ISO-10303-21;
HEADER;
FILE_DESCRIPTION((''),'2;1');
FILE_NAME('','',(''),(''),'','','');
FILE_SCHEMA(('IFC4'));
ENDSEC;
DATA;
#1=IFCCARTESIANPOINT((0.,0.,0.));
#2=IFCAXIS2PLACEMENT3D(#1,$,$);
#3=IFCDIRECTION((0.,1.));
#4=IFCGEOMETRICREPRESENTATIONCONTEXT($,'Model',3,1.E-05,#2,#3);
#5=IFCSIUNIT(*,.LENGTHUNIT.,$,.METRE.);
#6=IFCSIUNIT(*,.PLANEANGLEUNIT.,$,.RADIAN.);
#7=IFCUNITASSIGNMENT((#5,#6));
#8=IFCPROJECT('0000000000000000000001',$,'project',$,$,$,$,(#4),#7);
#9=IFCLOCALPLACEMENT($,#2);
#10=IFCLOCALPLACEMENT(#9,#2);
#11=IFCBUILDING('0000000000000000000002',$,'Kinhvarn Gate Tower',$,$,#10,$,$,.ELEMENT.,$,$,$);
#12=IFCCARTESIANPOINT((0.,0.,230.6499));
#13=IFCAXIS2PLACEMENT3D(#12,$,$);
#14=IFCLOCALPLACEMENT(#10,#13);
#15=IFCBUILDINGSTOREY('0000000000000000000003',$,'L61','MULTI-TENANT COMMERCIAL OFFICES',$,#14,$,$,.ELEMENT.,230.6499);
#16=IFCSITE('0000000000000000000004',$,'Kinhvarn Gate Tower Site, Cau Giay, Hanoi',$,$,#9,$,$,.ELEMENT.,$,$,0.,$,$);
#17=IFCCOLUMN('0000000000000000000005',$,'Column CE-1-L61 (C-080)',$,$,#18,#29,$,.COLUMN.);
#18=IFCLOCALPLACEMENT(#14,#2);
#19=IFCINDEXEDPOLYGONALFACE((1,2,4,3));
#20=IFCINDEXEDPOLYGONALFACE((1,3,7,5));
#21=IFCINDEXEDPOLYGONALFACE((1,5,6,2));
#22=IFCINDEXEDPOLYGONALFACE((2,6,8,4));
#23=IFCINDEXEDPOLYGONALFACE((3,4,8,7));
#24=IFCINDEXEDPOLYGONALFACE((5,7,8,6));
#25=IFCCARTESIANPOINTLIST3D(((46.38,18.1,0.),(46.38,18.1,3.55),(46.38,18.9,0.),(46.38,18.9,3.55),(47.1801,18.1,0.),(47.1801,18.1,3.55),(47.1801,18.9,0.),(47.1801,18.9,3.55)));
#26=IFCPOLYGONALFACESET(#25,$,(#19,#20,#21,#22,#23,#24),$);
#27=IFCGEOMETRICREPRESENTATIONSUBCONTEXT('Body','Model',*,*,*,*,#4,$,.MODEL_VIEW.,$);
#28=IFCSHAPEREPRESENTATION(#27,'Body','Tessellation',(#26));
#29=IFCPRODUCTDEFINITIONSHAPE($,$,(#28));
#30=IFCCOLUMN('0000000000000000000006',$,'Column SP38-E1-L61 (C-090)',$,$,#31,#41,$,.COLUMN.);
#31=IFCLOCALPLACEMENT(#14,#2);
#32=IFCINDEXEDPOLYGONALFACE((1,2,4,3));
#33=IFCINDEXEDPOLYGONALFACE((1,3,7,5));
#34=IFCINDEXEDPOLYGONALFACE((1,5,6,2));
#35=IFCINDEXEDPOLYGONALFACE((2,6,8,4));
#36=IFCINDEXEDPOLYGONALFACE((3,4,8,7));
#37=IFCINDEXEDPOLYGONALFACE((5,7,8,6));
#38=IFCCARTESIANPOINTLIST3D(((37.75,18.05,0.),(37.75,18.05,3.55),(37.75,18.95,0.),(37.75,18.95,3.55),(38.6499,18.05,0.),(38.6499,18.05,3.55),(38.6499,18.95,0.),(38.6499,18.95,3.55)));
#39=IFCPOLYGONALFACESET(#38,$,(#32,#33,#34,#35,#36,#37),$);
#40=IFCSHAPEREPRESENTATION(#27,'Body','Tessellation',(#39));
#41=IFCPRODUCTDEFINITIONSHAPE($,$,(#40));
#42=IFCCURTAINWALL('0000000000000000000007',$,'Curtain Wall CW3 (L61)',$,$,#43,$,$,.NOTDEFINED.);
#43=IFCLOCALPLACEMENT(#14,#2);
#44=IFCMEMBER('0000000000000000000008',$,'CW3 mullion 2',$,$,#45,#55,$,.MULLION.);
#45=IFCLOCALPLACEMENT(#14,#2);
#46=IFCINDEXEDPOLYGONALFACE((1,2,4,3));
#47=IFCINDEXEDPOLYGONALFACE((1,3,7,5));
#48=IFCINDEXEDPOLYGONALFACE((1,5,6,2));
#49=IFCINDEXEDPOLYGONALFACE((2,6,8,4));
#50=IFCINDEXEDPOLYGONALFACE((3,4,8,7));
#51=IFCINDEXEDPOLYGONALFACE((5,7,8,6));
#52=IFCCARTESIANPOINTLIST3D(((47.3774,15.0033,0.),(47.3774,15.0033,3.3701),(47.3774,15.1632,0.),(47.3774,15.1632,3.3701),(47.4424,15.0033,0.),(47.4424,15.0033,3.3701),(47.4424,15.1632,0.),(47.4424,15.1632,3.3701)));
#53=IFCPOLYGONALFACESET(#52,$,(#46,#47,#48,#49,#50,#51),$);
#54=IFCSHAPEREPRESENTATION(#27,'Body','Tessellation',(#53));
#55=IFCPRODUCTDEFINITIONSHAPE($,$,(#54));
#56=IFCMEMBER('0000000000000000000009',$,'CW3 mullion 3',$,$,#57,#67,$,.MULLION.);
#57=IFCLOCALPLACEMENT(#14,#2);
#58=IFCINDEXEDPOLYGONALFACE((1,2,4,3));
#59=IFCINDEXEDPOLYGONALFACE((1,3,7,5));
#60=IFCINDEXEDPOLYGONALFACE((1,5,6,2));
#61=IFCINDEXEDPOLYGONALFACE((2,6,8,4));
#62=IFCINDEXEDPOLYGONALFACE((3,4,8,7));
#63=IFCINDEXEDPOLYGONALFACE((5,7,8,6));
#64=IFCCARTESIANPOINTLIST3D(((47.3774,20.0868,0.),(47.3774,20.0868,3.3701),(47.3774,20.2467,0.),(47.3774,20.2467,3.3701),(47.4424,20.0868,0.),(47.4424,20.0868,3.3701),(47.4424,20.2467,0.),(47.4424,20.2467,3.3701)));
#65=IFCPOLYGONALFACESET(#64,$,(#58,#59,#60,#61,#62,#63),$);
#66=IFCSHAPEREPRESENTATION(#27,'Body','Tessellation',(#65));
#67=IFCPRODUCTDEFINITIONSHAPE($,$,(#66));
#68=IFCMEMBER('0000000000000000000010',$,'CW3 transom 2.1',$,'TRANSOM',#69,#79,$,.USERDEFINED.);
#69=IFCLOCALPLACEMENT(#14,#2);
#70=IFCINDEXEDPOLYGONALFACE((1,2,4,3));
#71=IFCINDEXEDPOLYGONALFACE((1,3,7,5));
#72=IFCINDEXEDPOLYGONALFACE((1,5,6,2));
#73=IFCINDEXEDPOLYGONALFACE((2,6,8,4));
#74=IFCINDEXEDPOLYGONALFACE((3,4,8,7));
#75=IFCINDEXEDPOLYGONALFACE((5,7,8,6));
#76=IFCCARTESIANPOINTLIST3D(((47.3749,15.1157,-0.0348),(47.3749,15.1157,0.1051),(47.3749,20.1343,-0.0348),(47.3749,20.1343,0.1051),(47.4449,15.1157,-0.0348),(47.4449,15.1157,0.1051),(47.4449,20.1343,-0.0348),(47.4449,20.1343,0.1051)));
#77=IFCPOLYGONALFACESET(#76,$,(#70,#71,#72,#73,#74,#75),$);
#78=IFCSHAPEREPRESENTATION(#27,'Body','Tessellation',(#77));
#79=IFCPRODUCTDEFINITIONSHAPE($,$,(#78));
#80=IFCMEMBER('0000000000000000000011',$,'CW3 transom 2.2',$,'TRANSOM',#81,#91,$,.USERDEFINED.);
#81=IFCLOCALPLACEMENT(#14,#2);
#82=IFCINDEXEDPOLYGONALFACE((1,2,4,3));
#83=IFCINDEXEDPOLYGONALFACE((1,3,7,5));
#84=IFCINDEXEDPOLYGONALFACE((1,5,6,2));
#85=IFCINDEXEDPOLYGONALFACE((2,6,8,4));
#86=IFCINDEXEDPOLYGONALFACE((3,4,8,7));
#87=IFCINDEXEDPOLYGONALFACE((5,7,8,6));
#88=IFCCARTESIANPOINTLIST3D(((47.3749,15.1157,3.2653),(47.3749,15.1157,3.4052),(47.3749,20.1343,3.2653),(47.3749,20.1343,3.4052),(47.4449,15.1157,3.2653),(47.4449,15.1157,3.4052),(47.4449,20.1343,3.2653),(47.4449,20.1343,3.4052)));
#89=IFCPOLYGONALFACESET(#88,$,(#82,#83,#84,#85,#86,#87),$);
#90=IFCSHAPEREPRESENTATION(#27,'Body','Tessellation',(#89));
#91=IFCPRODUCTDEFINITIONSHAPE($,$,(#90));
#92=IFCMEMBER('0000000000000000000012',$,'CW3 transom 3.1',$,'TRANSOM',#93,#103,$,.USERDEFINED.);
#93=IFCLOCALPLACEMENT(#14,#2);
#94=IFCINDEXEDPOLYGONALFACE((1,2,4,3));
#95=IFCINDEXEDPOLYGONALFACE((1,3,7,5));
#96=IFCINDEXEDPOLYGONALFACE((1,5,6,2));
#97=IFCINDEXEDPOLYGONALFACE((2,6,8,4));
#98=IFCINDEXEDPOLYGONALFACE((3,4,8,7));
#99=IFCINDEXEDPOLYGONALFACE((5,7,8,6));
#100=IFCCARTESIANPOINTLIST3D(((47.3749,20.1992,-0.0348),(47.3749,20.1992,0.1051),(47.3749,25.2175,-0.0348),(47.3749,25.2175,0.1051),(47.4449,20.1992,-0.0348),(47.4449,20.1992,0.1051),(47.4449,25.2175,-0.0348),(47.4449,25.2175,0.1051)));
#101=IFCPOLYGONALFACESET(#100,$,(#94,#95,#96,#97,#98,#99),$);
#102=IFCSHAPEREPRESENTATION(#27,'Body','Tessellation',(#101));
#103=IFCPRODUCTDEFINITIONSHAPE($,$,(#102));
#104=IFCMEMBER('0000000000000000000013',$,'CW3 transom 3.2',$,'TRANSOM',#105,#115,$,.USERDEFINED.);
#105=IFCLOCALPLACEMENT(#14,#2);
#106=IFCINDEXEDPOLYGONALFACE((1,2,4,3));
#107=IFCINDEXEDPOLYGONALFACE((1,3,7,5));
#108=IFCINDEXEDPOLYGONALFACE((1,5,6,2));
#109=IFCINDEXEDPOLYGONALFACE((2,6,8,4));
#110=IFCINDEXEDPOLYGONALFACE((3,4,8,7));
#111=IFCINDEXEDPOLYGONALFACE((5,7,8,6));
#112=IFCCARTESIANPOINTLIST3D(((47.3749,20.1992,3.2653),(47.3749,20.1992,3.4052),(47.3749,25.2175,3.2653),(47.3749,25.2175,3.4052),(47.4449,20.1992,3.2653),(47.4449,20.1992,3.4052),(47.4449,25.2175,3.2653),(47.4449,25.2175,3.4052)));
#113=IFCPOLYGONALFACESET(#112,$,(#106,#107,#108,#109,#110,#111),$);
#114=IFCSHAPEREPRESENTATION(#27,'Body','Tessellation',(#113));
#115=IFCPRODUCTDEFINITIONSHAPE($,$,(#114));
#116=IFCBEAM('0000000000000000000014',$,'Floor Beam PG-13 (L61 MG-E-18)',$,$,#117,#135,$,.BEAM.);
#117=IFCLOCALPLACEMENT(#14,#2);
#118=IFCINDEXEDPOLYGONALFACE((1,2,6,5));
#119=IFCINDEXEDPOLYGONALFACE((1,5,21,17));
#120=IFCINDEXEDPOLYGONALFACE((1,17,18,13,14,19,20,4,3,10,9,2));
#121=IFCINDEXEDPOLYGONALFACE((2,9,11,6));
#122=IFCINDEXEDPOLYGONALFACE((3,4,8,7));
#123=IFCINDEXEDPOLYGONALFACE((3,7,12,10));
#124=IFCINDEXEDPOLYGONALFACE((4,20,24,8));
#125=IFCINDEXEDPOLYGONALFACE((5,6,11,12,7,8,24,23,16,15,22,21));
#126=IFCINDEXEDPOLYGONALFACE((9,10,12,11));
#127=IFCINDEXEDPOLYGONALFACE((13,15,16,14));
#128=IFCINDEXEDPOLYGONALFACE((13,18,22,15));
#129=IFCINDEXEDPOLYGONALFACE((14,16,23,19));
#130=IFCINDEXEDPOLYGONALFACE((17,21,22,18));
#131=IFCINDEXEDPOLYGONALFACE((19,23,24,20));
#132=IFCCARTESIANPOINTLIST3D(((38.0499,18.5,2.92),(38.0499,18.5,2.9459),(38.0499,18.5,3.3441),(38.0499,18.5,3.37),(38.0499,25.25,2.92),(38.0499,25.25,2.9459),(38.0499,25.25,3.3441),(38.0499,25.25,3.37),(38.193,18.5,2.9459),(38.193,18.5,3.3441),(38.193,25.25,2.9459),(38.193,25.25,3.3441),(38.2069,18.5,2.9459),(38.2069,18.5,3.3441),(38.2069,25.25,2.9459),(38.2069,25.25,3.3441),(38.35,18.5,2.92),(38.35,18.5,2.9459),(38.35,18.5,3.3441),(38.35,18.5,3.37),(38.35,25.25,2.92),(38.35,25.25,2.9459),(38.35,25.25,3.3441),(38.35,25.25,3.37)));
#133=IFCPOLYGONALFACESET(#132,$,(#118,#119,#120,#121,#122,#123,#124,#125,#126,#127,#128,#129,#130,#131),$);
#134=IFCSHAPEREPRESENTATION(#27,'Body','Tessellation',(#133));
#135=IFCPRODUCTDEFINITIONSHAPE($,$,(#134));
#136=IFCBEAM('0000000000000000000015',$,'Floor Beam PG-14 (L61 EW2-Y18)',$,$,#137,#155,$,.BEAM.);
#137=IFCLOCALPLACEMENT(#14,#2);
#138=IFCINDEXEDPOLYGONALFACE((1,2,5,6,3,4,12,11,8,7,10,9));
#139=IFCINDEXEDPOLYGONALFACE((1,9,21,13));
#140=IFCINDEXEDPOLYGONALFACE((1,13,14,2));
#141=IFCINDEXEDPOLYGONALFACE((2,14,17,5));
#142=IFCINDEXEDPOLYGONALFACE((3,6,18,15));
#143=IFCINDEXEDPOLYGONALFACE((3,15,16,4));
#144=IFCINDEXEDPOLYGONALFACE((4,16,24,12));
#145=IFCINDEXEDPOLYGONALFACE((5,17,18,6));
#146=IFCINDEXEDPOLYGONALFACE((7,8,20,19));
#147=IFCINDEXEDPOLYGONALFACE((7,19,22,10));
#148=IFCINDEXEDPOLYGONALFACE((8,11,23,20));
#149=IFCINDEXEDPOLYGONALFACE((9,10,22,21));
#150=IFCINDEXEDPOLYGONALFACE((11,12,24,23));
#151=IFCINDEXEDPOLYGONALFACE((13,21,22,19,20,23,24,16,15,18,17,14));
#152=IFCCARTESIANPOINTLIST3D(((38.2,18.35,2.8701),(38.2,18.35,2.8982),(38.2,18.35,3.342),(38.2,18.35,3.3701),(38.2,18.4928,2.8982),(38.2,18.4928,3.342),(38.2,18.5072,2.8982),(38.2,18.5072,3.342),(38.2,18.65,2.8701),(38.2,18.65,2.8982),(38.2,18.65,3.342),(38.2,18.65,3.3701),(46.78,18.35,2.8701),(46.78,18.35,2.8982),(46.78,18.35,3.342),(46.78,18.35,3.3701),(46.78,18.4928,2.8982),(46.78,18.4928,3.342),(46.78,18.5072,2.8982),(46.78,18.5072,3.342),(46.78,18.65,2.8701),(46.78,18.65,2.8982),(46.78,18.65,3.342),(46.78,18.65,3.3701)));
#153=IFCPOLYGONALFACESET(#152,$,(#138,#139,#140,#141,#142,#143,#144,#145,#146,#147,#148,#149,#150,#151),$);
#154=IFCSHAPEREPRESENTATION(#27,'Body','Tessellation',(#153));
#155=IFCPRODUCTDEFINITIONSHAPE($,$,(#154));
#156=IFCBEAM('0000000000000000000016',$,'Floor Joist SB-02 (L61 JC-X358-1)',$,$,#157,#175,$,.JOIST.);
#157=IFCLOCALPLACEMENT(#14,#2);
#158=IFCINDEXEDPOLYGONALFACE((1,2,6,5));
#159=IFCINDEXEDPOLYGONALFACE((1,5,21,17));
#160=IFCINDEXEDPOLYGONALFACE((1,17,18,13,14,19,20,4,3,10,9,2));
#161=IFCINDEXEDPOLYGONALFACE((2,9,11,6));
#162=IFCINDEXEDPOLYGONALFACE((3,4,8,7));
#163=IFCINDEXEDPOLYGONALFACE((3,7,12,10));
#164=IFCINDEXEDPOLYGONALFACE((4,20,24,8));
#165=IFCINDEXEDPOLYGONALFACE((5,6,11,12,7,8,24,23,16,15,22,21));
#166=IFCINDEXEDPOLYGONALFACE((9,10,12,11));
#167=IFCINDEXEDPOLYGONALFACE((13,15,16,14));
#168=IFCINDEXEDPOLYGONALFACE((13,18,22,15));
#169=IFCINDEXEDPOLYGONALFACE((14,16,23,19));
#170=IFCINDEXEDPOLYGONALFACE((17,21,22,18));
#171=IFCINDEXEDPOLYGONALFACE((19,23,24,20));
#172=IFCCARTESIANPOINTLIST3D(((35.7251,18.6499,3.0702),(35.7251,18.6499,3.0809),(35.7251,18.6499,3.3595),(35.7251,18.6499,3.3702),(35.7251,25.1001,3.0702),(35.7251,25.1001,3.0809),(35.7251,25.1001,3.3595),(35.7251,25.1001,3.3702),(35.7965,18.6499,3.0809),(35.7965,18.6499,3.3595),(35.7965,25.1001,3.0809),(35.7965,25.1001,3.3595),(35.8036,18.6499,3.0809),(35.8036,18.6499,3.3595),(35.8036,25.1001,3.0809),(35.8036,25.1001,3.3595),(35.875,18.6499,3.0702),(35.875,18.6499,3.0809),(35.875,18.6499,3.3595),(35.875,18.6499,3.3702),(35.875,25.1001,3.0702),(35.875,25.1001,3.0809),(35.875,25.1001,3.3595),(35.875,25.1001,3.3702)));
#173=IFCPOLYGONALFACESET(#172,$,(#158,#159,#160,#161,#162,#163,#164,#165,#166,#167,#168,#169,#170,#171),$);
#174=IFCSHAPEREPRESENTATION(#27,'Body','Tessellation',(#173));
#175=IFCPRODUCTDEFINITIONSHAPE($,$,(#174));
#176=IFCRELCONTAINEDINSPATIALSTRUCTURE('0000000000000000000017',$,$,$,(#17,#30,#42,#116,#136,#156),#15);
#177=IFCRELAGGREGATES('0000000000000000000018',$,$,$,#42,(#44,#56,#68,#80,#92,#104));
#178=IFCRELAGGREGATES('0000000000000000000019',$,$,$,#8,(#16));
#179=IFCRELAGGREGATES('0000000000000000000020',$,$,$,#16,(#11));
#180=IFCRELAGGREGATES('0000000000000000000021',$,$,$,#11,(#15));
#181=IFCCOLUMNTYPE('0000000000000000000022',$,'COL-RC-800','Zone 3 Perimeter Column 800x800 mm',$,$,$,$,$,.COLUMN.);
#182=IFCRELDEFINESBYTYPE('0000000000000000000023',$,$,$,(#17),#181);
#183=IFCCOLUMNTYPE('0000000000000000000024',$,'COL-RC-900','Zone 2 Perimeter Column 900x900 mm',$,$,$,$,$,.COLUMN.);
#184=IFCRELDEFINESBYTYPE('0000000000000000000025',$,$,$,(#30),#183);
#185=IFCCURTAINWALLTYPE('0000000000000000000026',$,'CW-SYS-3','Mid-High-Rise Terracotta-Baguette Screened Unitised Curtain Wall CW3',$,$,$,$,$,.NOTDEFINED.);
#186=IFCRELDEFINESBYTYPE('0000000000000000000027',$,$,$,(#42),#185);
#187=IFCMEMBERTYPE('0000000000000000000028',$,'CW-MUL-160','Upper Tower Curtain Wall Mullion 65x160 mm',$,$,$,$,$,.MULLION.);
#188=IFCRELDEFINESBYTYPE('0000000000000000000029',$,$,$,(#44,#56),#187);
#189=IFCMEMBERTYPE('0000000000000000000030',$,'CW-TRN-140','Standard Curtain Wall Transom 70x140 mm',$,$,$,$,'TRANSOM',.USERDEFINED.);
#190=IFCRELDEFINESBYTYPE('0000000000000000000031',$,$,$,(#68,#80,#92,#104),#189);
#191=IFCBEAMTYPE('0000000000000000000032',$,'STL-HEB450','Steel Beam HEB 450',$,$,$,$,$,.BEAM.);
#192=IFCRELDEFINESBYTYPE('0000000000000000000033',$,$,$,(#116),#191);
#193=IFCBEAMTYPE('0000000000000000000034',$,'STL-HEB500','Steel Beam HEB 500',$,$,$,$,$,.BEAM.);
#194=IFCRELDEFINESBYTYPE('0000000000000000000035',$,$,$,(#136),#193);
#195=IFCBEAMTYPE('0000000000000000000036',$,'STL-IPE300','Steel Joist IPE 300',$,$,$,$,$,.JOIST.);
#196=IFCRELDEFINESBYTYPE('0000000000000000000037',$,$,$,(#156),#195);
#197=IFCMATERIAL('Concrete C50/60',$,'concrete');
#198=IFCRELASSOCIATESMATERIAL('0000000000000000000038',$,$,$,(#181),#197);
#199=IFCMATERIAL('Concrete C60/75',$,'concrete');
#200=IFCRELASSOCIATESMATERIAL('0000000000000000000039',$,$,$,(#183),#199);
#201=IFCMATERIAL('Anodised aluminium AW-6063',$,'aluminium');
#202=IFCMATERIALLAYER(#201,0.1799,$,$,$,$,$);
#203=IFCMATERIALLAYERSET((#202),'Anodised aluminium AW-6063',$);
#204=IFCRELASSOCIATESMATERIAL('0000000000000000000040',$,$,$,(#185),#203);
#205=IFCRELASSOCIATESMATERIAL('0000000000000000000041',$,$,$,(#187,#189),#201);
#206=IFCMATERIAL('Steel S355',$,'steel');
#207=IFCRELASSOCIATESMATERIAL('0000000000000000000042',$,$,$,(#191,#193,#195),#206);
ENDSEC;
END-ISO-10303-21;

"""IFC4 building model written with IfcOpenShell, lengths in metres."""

from ifc_helpers import new_model, si_unit, direction, frame, origin, origin_2d, place, context, subcontext, project, spatial, rectangle, i_section, extrude, material, layer, layer_set, material_profile, profile_set, type_object, element, aggregate, save


model = new_model("IFC4")

# Units and contexts
model_context = context("Model", 3, precision=1e-05, world=origin(), true_north=direction((0.0, 1.0)))
body_context = subcontext(model_context, "Body", "Model", "MODEL_VIEW")
ifc_project = project(units=[si_unit("LENGTHUNIT", "METRE"), si_unit("PLANEANGLEUNIT", "RADIAN")], contexts=[model_context])

# Site, building, storey
site_placement = place(None, origin())
site = spatial("IfcSite", under=ifc_project, at=site_placement, Name="Kinhvarn Gate Tower Site, Cau Giay, Hanoi", CompositionType="ELEMENT", RefElevation=0.0)
building_placement = place(site_placement, origin())
building = spatial("IfcBuilding", under=site, at=building_placement, Name="Kinhvarn Gate Tower", CompositionType="ELEMENT")
storey_placement = place(building_placement, frame((0.0, 0.0, 230.6499)))
storey = spatial("IfcBuildingStorey", under=building, at=storey_placement, Name="L61", Description="MULTI-TENANT COMMERCIAL OFFICES", CompositionType="ELEMENT", Elevation=230.6499)

# Columns
ifc_material_1 = material(Name="Concrete C50/60", Category="concrete")
ifc_material_profile_1 = material_profile(ifc_material_1, rectangle(XDim=0.8, YDim=0.8, at=origin_2d()), Name="RC 800x800")
ifc_profile_set_1 = profile_set([ifc_material_profile_1], Name="Concrete C50/60")
column_type_1 = type_object("IfcColumnType", Name="COL-RC-800", Description="Zone 3 Perimeter Column 800x800 mm", PredefinedType="COLUMN", material=ifc_profile_set_1)
column_1_placement = place(storey_placement, frame((46.78, 18.5, 0.0), z_axis=(0.0, 0.0, 1.0), x_axis=(1.0, 0.0, 0.0)))
element("IfcColumn", 1, at=column_1_placement, inside=storey, type_object=column_type_1, Name="Column CE-1-L61 (C-080)", PredefinedType="COLUMN", context=body_context, shape_type="SweptSolid", body=[
    extrude(rectangle(XDim=0.8, YDim=0.8, at=origin_2d()), origin(), (0.0, 0.0, 1.0), 3.55),
])
ifc_material_2 = material(Name="Concrete C60/75", Category="concrete")
ifc_material_profile_2 = material_profile(ifc_material_2, rectangle(XDim=0.8999, YDim=0.8999, at=origin_2d()), Name="RC 900x900")
ifc_profile_set_2 = profile_set([ifc_material_profile_2], Name="Concrete C60/75")
column_type_2 = type_object("IfcColumnType", Name="COL-RC-900", Description="Zone 2 Perimeter Column 900x900 mm", PredefinedType="COLUMN", material=ifc_profile_set_2)
column_2_placement = place(storey_placement, frame((38.2, 18.5, 0.0), z_axis=(0.0, 0.0, 1.0), x_axis=(1.0, 0.0, 0.0)))
element("IfcColumn", 2, at=column_2_placement, inside=storey, type_object=column_type_2, Name="Column SP38-E1-L61 (C-090)", PredefinedType="COLUMN", context=body_context, shape_type="SweptSolid", body=[
    extrude(rectangle(XDim=0.8999, YDim=0.8999, at=origin_2d()), origin(), (0.0, 0.0, 1.0), 3.55),
])

# Curtain wall, members
ifc_material_3 = material(Name="Anodised aluminium AW-6063", Category="aluminium")
ifc_layer_1 = layer(ifc_material_3, 0.1799)
ifc_layer_set_1 = layer_set([ifc_layer_1], Name="Anodised aluminium AW-6063")
curtain_wall_type = type_object("IfcCurtainWallType", Name="CW-SYS-3", Description="Mid-High-Rise Terracotta-Baguette Screened Unitised Curtain Wall CW3", PredefinedType="NOTDEFINED", material=ifc_layer_set_1)
curtain_wall_placement = place(storey_placement, origin())
curtain_wall = element("IfcCurtainWall", 3, at=curtain_wall_placement, inside=storey, type_object=curtain_wall_type, Name="Curtain Wall CW3 (L61)", PredefinedType="NOTDEFINED")
ifc_material_profile_3 = material_profile(ifc_material_3, rectangle(XDim=0.0649, YDim=0.1599, at=origin_2d()), Name="ALU 65x160")
ifc_profile_set_3 = profile_set([ifc_material_profile_3], Name="Anodised aluminium AW-6063")
member_type_1 = type_object("IfcMemberType", Name="CW-MUL-160", Description="Upper Tower Curtain Wall Mullion 65x160 mm", PredefinedType="MULLION", material=ifc_profile_set_3)
member_1_placement = place(storey_placement, frame((47.4099, 15.0833, 0.0), z_axis=(0.0, 0.0, 1.0), x_axis=(-1.0, 0.0, 0.0)))
member_1 = element("IfcMember", 4, at=member_1_placement, type_object=member_type_1, Name="CW3 mullion 2", PredefinedType="MULLION", context=body_context, shape_type="SweptSolid", body=[
    extrude(rectangle(XDim=0.0649, YDim=0.1599, at=origin_2d()), origin(), (0.0, 0.0, 1.0), 3.3701),
])
member_2_placement = place(storey_placement, frame((47.4099, 20.1667, 0.0), z_axis=(0.0, 0.0, 1.0), x_axis=(-1.0, 0.0, 0.0)))
member_2 = element("IfcMember", 5, at=member_2_placement, type_object=member_type_1, Name="CW3 mullion 3", PredefinedType="MULLION", context=body_context, shape_type="SweptSolid", body=[
    extrude(rectangle(XDim=0.0649, YDim=0.1599, at=origin_2d()), origin(), (0.0, 0.0, 1.0), 3.3701),
])
ifc_material_profile_4 = material_profile(ifc_material_3, rectangle(XDim=0.0701, YDim=0.1399, at=origin_2d()), Name="ALU 70x140")
ifc_profile_set_4 = profile_set([ifc_material_profile_4], Name="Anodised aluminium AW-6063")
member_type_2 = type_object("IfcMemberType", Name="CW-TRN-140", Description="Standard Curtain Wall Transom 70x140 mm", ElementType="TRANSOM", PredefinedType="USERDEFINED", material=ifc_profile_set_4)
member_3_placement = place(storey_placement, frame((47.4099, 15.1157, 0.0352), z_axis=(0.0, 1.0, 0.0), x_axis=(-1.0, 0.0, 0.0)))
member_3 = element("IfcMember", 6, at=member_3_placement, type_object=member_type_2, Name="CW3 transom 2.1", ObjectType="TRANSOM", PredefinedType="USERDEFINED", context=body_context, shape_type="SweptSolid", body=[
    extrude(rectangle(XDim=0.0701, YDim=0.1399, at=origin_2d()), origin(), (0.0, 0.0, 1.0), 5.0186),
])
member_4_placement = place(storey_placement, frame((47.4099, 15.1157, 3.3352), z_axis=(0.0, 1.0, 0.0), x_axis=(-1.0, 0.0, 0.0)))
member_4 = element("IfcMember", 7, at=member_4_placement, type_object=member_type_2, Name="CW3 transom 2.2", ObjectType="TRANSOM", PredefinedType="USERDEFINED", context=body_context, shape_type="SweptSolid", body=[
    extrude(rectangle(XDim=0.0701, YDim=0.1399, at=origin_2d()), origin(), (0.0, 0.0, 1.0), 5.0186),
])
member_5_placement = place(storey_placement, frame((47.4099, 20.1992, 0.0352), z_axis=(0.0, 1.0, 0.0), x_axis=(-1.0, 0.0, 0.0)))
member_5 = element("IfcMember", 8, at=member_5_placement, type_object=member_type_2, Name="CW3 transom 3.1", ObjectType="TRANSOM", PredefinedType="USERDEFINED", context=body_context, shape_type="SweptSolid", body=[
    extrude(rectangle(XDim=0.0701, YDim=0.1399, at=origin_2d()), origin(), (0.0, 0.0, 1.0), 5.0183),
])
member_6_placement = place(storey_placement, frame((47.4099, 20.1992, 3.3352), z_axis=(0.0, 1.0, 0.0), x_axis=(-1.0, 0.0, 0.0)))
member_6 = element("IfcMember", 9, at=member_6_placement, type_object=member_type_2, Name="CW3 transom 3.2", ObjectType="TRANSOM", PredefinedType="USERDEFINED", context=body_context, shape_type="SweptSolid", body=[
    extrude(rectangle(XDim=0.0701, YDim=0.1399, at=origin_2d()), origin(), (0.0, 0.0, 1.0), 5.0183),
])

# Beams
ifc_material_4 = material(Name="Steel S355", Category="steel")
ifc_material_profile_5 = material_profile(ifc_material_4, i_section(OverallWidth=0.3, OverallDepth=0.45, WebThickness=0.0139, FlangeThickness=0.0259, at=origin_2d()), Name="HEB 450")
ifc_profile_set_5 = profile_set([ifc_material_profile_5], Name="Steel S355")
beam_type_1 = type_object("IfcBeamType", Name="STL-HEB450", Description="Steel Beam HEB 450", PredefinedType="BEAM", material=ifc_profile_set_5)
beam_1_placement = place(storey_placement, frame((38.2, 18.5, 3.145), z_axis=(0.0, 1.0, 0.0), x_axis=(-1.0, 0.0, 0.0)))
element("IfcBeam", 10, at=beam_1_placement, inside=storey, type_object=beam_type_1, Name="Floor Beam PG-13 (L61 MG-E-18)", PredefinedType="BEAM", context=body_context, shape_type="SweptSolid", body=[
    extrude(i_section(OverallWidth=0.3, OverallDepth=0.45, WebThickness=0.0139, FlangeThickness=0.0259, at=origin_2d()), origin(), (0.0, 0.0, 1.0), 6.75),
])
ifc_material_profile_6 = material_profile(ifc_material_4, i_section(OverallWidth=0.3, OverallDepth=0.5, WebThickness=0.0144, FlangeThickness=0.0281, at=origin_2d()), Name="HEB 500")
ifc_profile_set_6 = profile_set([ifc_material_profile_6], Name="Steel S355")
beam_type_2 = type_object("IfcBeamType", Name="STL-HEB500", Description="Steel Beam HEB 500", PredefinedType="BEAM", material=ifc_profile_set_6)
beam_2_placement = place(storey_placement, frame((38.2, 18.5, 3.1201), z_axis=(1.0, 0.0, 0.0), x_axis=(0.0, 1.0, 0.0)))
element("IfcBeam", 11, at=beam_2_placement, inside=storey, type_object=beam_type_2, Name="Floor Beam PG-14 (L61 EW2-Y18)", PredefinedType="BEAM", context=body_context, shape_type="SweptSolid", body=[
    extrude(i_section(OverallWidth=0.3, OverallDepth=0.5, WebThickness=0.0144, FlangeThickness=0.0281, at=origin_2d()), origin(), (0.0, 0.0, 1.0), 8.5801),
])
ifc_material_profile_7 = material_profile(ifc_material_4, i_section(OverallWidth=0.1499, OverallDepth=0.3, WebThickness=0.0071, FlangeThickness=0.0107, at=origin_2d()), Name="IPE 300")
ifc_profile_set_7 = profile_set([ifc_material_profile_7], Name="Steel S355")
beam_type_3 = type_object("IfcBeamType", Name="STL-IPE300", Description="Steel Joist IPE 300", PredefinedType="JOIST", material=ifc_profile_set_7)
for number, where, z_axis, x_axis, name in (
    (12, (35.8, 18.6499, 3.2202), (0.0, 1.0, 0.0), (-1.0, 0.0, 0.0), "Floor Joist SB-02 (L61 JC-X358-1)"),
):
    element("IfcBeam", number, at=place(storey_placement, frame(where, z_axis=z_axis, x_axis=x_axis)), inside=storey, type_object=beam_type_3, Name=name, PredefinedType="JOIST", context=body_context, shape_type="SweptSolid", body=[
        extrude(i_section(OverallWidth=0.1499, OverallDepth=0.3, WebThickness=0.0071, FlangeThickness=0.0107, at=origin_2d()), origin(), (0.0, 0.0, 1.0), 6.4502),
    ])

aggregate(curtain_wall, [member_1, member_2, member_3, member_4, member_5, member_6])

save(model, "model.ifc")
